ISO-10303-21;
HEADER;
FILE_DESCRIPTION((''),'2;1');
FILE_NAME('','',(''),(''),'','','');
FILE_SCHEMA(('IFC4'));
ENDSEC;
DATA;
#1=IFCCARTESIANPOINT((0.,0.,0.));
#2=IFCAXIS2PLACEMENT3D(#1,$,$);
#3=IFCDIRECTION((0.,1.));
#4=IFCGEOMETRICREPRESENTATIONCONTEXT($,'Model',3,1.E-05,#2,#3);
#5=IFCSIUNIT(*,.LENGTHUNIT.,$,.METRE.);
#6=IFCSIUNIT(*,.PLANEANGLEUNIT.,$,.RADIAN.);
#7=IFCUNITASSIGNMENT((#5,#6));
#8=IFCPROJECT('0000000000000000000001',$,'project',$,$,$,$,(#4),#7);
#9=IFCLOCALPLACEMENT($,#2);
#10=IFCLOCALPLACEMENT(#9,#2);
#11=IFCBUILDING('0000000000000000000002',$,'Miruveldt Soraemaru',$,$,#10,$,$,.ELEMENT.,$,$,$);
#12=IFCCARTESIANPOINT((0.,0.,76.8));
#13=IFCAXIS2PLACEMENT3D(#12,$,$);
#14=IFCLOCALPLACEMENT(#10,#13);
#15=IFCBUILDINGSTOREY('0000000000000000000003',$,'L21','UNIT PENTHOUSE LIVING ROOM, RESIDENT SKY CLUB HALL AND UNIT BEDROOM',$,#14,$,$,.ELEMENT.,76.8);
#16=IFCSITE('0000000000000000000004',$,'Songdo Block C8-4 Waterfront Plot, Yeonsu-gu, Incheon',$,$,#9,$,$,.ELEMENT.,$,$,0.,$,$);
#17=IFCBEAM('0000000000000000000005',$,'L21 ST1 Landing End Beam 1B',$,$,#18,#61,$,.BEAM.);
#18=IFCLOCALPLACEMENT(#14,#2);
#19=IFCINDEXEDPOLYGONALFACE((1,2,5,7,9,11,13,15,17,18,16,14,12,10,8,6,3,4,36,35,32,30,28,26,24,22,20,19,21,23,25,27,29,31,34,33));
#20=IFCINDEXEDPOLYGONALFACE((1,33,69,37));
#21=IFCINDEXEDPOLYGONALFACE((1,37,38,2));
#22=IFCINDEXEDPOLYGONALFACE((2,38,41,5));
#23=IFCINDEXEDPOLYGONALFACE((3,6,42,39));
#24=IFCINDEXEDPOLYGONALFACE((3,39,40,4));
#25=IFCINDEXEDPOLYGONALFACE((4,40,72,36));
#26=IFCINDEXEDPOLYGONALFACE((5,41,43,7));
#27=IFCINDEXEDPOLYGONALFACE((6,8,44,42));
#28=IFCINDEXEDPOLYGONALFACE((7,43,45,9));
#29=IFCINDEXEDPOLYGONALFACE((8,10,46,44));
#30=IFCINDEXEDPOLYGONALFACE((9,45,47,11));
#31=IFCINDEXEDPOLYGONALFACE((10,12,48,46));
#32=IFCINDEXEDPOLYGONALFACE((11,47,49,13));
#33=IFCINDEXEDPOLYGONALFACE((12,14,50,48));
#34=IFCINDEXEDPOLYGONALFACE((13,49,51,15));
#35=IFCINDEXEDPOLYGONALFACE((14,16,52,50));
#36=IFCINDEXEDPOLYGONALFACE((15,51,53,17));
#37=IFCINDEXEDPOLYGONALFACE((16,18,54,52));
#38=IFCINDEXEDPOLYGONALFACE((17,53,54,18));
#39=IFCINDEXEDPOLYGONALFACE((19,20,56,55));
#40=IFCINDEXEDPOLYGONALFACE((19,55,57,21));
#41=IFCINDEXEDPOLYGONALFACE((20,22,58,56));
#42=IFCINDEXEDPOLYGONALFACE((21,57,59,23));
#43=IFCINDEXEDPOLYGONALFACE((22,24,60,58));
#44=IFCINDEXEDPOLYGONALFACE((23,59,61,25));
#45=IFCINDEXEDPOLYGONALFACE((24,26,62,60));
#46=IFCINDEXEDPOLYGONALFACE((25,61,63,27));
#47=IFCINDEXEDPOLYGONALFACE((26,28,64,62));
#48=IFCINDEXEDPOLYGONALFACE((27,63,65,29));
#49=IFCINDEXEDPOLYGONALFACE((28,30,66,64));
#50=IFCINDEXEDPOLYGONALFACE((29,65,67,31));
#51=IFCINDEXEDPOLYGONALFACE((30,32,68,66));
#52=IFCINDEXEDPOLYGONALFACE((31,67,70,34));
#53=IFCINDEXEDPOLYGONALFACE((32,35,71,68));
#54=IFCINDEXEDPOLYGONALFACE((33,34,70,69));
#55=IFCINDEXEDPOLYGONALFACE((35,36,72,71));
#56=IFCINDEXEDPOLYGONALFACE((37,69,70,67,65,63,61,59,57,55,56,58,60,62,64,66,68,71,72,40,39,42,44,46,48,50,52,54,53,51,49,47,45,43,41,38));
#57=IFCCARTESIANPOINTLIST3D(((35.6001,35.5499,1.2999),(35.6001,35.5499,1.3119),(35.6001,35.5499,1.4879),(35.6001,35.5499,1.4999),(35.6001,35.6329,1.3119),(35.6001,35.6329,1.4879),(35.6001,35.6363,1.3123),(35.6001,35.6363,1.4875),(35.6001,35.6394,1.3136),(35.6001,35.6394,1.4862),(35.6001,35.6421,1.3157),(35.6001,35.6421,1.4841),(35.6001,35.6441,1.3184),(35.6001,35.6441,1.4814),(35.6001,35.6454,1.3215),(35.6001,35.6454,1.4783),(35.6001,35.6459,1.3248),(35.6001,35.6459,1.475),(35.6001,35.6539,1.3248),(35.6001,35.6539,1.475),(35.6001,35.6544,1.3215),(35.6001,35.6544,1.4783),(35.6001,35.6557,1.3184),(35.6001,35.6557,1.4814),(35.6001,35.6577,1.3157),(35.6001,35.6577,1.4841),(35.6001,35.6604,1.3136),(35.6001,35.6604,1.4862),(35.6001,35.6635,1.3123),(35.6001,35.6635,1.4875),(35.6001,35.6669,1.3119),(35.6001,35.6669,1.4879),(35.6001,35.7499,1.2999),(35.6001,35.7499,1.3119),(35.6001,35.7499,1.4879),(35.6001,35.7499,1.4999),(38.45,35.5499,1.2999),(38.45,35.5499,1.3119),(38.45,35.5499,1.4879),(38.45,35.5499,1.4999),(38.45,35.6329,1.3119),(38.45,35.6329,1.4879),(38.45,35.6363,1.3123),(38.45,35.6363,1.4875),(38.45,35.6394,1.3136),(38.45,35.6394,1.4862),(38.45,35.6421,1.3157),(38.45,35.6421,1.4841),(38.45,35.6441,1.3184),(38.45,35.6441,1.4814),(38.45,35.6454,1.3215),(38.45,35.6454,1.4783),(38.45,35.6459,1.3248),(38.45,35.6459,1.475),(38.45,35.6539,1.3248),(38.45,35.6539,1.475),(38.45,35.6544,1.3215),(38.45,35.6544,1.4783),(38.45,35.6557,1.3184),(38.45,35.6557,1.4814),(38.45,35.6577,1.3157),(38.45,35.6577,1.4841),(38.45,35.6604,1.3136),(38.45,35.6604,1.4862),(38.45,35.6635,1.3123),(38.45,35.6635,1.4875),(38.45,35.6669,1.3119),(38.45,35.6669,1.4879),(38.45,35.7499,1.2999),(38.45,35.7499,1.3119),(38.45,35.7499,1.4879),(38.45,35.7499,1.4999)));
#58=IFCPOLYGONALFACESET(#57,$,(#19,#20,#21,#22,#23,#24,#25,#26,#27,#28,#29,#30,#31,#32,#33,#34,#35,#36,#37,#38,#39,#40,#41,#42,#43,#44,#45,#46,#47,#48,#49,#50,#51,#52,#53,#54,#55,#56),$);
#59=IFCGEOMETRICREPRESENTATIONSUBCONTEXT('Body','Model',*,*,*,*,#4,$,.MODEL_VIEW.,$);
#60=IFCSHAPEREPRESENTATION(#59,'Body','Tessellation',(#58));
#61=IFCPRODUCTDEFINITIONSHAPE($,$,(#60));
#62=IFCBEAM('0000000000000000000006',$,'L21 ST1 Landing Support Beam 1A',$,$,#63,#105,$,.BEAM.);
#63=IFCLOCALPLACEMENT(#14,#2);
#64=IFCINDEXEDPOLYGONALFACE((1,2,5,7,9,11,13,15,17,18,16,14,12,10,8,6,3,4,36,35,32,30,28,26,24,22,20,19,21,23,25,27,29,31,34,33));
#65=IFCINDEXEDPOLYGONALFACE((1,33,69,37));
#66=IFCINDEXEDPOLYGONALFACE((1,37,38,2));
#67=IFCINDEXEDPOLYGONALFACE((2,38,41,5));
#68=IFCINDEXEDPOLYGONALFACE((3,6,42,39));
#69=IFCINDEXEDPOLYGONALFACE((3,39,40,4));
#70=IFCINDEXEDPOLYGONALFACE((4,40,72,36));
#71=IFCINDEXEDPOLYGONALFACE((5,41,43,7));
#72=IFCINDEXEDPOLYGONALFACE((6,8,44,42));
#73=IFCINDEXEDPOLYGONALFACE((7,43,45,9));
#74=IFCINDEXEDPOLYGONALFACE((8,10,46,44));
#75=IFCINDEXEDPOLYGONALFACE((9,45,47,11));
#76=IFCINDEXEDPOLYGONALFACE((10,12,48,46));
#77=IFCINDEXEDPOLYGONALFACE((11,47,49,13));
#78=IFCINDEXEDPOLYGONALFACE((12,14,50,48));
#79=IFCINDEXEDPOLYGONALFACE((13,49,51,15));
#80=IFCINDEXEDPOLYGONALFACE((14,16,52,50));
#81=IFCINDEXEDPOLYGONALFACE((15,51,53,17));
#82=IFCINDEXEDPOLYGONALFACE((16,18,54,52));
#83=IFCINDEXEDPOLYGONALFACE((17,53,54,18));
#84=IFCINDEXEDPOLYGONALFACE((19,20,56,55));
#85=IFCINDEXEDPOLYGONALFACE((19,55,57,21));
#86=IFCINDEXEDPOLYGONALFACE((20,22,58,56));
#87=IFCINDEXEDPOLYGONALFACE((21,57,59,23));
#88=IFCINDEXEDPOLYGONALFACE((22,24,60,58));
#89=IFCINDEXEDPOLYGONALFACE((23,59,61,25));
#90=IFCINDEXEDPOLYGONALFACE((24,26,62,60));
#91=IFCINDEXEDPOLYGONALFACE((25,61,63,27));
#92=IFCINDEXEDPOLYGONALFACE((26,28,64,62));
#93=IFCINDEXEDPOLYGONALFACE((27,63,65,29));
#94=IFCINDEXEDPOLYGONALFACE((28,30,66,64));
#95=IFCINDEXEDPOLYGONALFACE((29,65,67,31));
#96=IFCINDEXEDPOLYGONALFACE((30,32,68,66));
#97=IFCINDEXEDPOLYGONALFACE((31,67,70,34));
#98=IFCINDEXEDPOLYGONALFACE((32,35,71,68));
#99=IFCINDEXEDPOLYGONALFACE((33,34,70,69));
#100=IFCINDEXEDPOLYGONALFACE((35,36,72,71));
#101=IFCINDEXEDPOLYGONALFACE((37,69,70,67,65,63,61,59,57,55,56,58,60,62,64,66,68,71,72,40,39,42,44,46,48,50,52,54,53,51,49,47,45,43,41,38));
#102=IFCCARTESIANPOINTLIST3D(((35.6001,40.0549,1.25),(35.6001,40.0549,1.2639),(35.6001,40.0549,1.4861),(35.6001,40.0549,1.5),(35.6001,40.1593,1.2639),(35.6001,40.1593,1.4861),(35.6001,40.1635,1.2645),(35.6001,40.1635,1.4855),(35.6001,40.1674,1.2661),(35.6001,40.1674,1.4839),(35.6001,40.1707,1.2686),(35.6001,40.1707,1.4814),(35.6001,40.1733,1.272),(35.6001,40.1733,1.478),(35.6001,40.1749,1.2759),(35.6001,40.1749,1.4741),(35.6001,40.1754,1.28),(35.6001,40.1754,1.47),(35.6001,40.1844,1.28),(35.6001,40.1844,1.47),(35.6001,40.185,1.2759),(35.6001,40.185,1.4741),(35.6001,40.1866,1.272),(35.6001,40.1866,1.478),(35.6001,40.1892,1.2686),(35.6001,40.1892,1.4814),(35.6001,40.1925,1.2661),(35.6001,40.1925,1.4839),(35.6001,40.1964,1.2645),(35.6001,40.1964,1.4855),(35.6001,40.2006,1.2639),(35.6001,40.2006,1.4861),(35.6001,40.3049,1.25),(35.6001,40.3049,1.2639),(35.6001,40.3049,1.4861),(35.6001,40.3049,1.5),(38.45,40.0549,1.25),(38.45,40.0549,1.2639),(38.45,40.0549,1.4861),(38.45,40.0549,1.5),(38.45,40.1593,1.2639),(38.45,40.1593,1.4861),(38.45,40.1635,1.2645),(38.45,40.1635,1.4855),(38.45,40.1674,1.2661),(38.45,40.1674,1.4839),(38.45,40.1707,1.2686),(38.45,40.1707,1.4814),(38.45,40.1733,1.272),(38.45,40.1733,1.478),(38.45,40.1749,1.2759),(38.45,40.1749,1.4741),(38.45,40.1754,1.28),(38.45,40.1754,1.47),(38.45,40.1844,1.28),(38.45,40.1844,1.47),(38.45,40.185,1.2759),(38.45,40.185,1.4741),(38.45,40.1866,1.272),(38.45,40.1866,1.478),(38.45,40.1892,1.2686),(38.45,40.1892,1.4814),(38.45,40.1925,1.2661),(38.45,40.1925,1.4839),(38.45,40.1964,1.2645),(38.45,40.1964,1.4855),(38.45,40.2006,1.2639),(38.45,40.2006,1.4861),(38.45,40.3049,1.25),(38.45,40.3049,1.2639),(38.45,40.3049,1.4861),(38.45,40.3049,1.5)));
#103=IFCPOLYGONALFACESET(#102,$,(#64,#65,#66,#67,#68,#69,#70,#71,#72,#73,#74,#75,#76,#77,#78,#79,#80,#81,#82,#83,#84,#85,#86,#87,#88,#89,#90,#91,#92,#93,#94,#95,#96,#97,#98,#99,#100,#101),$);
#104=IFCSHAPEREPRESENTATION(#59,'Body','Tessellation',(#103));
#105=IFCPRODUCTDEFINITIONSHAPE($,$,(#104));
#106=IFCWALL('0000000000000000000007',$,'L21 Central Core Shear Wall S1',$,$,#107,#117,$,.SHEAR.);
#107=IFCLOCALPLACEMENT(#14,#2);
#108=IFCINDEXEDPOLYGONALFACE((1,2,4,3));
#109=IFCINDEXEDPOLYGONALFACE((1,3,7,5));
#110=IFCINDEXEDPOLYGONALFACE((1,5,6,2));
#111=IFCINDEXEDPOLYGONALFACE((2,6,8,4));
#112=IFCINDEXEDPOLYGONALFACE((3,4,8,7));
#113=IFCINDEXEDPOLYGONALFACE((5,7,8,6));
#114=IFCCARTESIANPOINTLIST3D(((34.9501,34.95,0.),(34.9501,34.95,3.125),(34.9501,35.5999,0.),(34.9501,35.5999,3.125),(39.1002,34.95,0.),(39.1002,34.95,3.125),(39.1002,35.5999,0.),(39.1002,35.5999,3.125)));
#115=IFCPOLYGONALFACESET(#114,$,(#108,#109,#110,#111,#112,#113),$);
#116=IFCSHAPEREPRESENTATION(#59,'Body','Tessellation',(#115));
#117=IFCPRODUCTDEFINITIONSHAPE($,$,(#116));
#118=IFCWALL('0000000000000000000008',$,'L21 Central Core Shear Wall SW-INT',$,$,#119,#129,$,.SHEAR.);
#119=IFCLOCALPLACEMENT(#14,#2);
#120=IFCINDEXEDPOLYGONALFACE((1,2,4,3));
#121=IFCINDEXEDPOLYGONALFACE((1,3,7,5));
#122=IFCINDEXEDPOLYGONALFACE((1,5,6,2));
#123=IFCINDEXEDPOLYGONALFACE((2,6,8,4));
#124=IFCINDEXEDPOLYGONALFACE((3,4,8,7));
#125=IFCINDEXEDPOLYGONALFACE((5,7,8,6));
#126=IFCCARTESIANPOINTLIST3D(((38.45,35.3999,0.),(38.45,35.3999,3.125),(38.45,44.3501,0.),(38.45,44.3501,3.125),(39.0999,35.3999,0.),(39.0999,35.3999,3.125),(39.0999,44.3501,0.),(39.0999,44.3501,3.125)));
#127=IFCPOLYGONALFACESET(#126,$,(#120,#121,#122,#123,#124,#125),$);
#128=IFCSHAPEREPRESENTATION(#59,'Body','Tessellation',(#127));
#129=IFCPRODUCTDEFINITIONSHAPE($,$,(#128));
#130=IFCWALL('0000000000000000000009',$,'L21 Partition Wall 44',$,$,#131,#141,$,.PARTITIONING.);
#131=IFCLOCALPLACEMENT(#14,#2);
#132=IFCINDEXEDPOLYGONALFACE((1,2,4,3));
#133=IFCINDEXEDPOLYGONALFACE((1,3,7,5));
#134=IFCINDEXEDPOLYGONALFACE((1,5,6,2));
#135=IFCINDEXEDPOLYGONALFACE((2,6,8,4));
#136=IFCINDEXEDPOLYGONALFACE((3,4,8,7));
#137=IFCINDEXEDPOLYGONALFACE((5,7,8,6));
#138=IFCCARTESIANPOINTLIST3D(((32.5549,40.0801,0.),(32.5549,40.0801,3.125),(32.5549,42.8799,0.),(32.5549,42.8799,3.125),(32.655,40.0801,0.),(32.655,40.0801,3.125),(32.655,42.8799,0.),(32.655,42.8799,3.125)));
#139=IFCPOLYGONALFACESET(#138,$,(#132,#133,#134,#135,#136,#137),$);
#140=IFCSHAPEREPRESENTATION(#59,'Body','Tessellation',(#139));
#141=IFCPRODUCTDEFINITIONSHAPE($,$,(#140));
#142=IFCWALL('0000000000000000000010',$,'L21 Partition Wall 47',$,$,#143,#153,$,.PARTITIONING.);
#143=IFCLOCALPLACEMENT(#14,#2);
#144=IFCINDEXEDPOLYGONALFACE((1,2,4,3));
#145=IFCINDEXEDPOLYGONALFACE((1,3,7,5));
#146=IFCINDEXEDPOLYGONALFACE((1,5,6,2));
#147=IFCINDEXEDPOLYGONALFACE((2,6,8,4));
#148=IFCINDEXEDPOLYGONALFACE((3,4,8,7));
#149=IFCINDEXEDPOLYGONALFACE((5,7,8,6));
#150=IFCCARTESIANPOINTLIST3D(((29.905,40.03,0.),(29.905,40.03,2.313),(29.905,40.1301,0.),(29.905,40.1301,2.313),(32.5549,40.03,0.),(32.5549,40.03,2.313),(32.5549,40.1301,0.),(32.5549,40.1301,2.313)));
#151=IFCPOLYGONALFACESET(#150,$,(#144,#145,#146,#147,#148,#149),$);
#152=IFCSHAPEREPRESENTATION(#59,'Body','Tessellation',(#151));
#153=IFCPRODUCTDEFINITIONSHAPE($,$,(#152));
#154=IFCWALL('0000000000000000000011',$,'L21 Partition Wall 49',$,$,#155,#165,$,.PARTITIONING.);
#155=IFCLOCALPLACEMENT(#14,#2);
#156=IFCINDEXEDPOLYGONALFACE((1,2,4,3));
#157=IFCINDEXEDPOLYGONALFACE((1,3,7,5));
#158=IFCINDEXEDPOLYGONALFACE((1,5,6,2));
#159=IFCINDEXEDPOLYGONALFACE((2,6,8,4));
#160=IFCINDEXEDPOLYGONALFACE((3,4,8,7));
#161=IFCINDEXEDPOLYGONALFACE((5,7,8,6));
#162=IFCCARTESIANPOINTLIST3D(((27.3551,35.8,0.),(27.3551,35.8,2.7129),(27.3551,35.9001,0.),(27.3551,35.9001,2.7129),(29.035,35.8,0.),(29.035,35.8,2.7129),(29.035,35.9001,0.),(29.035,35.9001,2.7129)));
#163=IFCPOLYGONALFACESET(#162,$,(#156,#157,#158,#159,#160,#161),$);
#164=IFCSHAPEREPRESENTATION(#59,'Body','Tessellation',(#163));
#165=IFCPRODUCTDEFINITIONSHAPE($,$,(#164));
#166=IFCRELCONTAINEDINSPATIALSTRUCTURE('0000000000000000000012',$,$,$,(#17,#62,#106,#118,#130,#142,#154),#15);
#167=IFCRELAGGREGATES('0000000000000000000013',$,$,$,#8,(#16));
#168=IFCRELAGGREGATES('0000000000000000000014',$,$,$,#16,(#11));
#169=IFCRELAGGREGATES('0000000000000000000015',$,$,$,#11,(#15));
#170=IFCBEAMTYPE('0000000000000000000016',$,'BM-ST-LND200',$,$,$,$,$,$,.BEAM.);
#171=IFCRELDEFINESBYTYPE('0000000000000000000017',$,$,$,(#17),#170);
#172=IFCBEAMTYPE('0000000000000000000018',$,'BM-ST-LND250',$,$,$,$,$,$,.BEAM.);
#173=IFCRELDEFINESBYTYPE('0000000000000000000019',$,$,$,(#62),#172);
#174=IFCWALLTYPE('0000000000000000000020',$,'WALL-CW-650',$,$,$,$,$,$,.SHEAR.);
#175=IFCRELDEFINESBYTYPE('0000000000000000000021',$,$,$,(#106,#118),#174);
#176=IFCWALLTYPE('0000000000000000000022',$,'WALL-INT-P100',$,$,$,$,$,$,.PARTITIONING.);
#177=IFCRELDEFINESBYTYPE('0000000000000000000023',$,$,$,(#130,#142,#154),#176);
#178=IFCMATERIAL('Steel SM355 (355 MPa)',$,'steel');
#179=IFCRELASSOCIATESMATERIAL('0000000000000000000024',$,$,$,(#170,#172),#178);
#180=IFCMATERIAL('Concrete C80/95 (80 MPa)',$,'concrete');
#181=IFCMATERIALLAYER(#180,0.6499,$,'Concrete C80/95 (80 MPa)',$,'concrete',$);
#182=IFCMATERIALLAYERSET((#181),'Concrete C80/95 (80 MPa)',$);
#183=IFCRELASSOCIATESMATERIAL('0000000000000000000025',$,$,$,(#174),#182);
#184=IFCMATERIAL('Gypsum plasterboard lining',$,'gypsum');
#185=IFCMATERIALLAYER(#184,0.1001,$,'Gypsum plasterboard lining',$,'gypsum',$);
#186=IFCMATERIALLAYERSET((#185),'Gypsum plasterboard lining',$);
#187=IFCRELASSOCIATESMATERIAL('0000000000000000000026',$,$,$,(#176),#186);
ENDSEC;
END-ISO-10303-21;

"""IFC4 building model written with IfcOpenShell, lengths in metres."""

from ifc_helpers import new_model, si_unit, direction, frame, frame_2d, origin, origin_2d, place, context, subcontext, project, spatial, rectangle, i_section, extrude, material, layer, layer_set, material_profile, profile_set, type_object, element, save


model = new_model("IFC4")

# Units and contexts
model_context = context("Model", 3, precision=1e-05, world=origin(), true_north=direction((0.0, 1.0)))
body_context = subcontext(model_context, "Body", "Model", "MODEL_VIEW")
ifc_project = project(units=[si_unit("LENGTHUNIT", "METRE"), si_unit("PLANEANGLEUNIT", "RADIAN")], contexts=[model_context])

# Site, building, storey
site_placement = place(None, origin())
site = spatial("IfcSite", under=ifc_project, at=site_placement, Name="Songdo Block C8-4 Waterfront Plot, Yeonsu-gu, Incheon", CompositionType="ELEMENT", RefElevation=0.0)
building_placement = place(site_placement, origin())
building = spatial("IfcBuilding", under=site, at=building_placement, Name="Miruveldt Soraemaru", CompositionType="ELEMENT")
storey_placement = place(building_placement, frame((0.0, 0.0, 76.8)))
storey = spatial("IfcBuildingStorey", under=building, at=storey_placement, Name="L21", Description="UNIT PENTHOUSE LIVING ROOM, RESIDENT SKY CLUB HALL AND UNIT BEDROOM", CompositionType="ELEMENT", Elevation=76.8)

# Beams
ifc_material_1 = material(Name="Steel SM355 (355 MPa)", Category="steel")
ifc_material_profile_1 = material_profile(ifc_material_1, i_section(OverallWidth=0.2, OverallDepth=0.2, WebThickness=0.0081, FlangeThickness=0.012, FilletRadius=0.0129, at=origin_2d()), Name="Steel SM355 (355 MPa)", Category="steel")
ifc_profile_set_1 = profile_set([ifc_material_profile_1], Name="Steel SM355 (355 MPa)")
beam_type_1 = type_object("IfcBeamType", Name="BM-ST-LND200", PredefinedType="BEAM", material=ifc_profile_set_1)
beam_1_placement = place(storey_placement, frame((35.6001, 35.6499, 1.3999), z_axis=(1.0, 0.0, 0.0), x_axis=(0.0, 1.0, 0.0)))
element("IfcBeam", 1, at=beam_1_placement, inside=storey, type_object=beam_type_1, Name="L21 ST1 Landing End Beam 1B", PredefinedType="BEAM", context=body_context, shape_type="SweptSolid", body=[
    extrude(i_section(OverallWidth=0.2, OverallDepth=0.2, WebThickness=0.0081, FlangeThickness=0.012, FilletRadius=0.0129, at=origin_2d()), origin(), (0.0, 0.0, 1.0), 2.8499),
])
ifc_material_profile_2 = material_profile(ifc_material_1, i_section(OverallWidth=0.25, OverallDepth=0.25, WebThickness=0.009, FlangeThickness=0.0139, FilletRadius=0.0161, at=origin_2d()), Name="Steel SM355 (355 MPa)", Category="steel")
ifc_profile_set_2 = profile_set([ifc_material_profile_2], Name="Steel SM355 (355 MPa)")
beam_type_2 = type_object("IfcBeamType", Name="BM-ST-LND250", PredefinedType="BEAM", material=ifc_profile_set_2)
beam_2_placement = place(storey_placement, frame((35.6001, 40.1799, 1.375), z_axis=(1.0, 0.0, 0.0), x_axis=(0.0, 1.0, 0.0)))
element("IfcBeam", 2, at=beam_2_placement, inside=storey, type_object=beam_type_2, Name="L21 ST1 Landing Support Beam 1A", PredefinedType="BEAM", context=body_context, shape_type="SweptSolid", body=[
    extrude(i_section(OverallWidth=0.25, OverallDepth=0.25, WebThickness=0.009, FlangeThickness=0.0139, FilletRadius=0.0161, at=origin_2d()), origin(), (0.0, 0.0, 1.0), 2.8499),
])

# Walls
ifc_material_2 = material(Name="Concrete C80/95 (80 MPa)", Category="concrete")
ifc_layer_1 = layer(ifc_material_2, 0.6499, Name="Concrete C80/95 (80 MPa)", Category="concrete")
ifc_layer_set_1 = layer_set([ifc_layer_1], Name="Concrete C80/95 (80 MPa)")
wall_type_1 = type_object("IfcWallType", Name="WALL-CW-650", PredefinedType="SHEAR", material=ifc_layer_set_1)
wall_1_placement = place(storey_placement, frame((34.95, 35.2749, 0.0), z_axis=(0.0, 0.0, 1.0), x_axis=(1.0, 0.0, 0.0)))
element("IfcWall", 3, at=wall_1_placement, inside=storey, type_object=wall_type_1, Name="L21 Central Core Shear Wall S1", PredefinedType="SHEAR", context=body_context, shape_type="SweptSolid", body=[
    extrude(rectangle(XDim=4.1501, YDim=0.6499, at=frame_2d((2.0752, 0.0))), origin(), (0.0, 0.0, 1.0), 3.125),
])
wall_2_placement = place(storey_placement, frame((38.7749, 35.3999, 0.0), z_axis=(0.0, 0.0, 1.0), x_axis=(0.0, 1.0, 0.0)))
element("IfcWall", 4, at=wall_2_placement, inside=storey, type_object=wall_type_1, Name="L21 Central Core Shear Wall SW-INT", PredefinedType="SHEAR", context=body_context, shape_type="SweptSolid", body=[
    extrude(rectangle(XDim=8.9502, YDim=0.6499, at=frame_2d((4.4751, 0.0))), origin(), (0.0, 0.0, 1.0), 3.125),
])
ifc_material_3 = material(Name="Gypsum plasterboard lining", Category="gypsum")
ifc_layer_2 = layer(ifc_material_3, 0.1001, Name="Gypsum plasterboard lining", Category="gypsum")
ifc_layer_set_2 = layer_set([ifc_layer_2], Name="Gypsum plasterboard lining")
wall_type_2 = type_object("IfcWallType", Name="WALL-INT-P100", PredefinedType="PARTITIONING", material=ifc_layer_set_2)
wall_3_placement = place(storey_placement, frame((32.605, 40.0801, 0.0), z_axis=(0.0, 0.0, 1.0), x_axis=(0.0, 1.0, 0.0)))
element("IfcWall", 5, at=wall_3_placement, inside=storey, type_object=wall_type_2, Name="L21 Partition Wall 44", PredefinedType="PARTITIONING", context=body_context, shape_type="SweptSolid", body=[
    extrude(rectangle(XDim=2.7998, YDim=0.1001, at=frame_2d((1.3999, 0.0))), origin(), (0.0, 0.0, 1.0), 3.125),
])
wall_4_placement = place(storey_placement, frame((29.905, 40.0801, 0.0), z_axis=(0.0, 0.0, 1.0), x_axis=(1.0, 0.0, 0.0)))
element("IfcWall", 6, at=wall_4_placement, inside=storey, type_object=wall_type_2, Name="L21 Partition Wall 47", PredefinedType="PARTITIONING", context=body_context, shape_type="SweptSolid", body=[
    extrude(rectangle(XDim=2.6499, YDim=0.1001, at=frame_2d((1.325, 0.0))), origin(), (0.0, 0.0, 1.0), 2.313),
])
wall_5_placement = place(storey_placement, frame((29.0349, 35.8501, 0.0), z_axis=(0.0, 0.0, 1.0), x_axis=(-1.0, 0.0, 0.0)))
element("IfcWall", 7, at=wall_5_placement, inside=storey, type_object=wall_type_2, Name="L21 Partition Wall 49", PredefinedType="PARTITIONING", context=body_context, shape_type="SweptSolid", body=[
    extrude(rectangle(XDim=1.6799, YDim=0.1001, at=frame_2d((0.8398, 0.0))), origin(), (0.0, 0.0, 1.0), 2.7129),
])

save(model, "model.ifc")
